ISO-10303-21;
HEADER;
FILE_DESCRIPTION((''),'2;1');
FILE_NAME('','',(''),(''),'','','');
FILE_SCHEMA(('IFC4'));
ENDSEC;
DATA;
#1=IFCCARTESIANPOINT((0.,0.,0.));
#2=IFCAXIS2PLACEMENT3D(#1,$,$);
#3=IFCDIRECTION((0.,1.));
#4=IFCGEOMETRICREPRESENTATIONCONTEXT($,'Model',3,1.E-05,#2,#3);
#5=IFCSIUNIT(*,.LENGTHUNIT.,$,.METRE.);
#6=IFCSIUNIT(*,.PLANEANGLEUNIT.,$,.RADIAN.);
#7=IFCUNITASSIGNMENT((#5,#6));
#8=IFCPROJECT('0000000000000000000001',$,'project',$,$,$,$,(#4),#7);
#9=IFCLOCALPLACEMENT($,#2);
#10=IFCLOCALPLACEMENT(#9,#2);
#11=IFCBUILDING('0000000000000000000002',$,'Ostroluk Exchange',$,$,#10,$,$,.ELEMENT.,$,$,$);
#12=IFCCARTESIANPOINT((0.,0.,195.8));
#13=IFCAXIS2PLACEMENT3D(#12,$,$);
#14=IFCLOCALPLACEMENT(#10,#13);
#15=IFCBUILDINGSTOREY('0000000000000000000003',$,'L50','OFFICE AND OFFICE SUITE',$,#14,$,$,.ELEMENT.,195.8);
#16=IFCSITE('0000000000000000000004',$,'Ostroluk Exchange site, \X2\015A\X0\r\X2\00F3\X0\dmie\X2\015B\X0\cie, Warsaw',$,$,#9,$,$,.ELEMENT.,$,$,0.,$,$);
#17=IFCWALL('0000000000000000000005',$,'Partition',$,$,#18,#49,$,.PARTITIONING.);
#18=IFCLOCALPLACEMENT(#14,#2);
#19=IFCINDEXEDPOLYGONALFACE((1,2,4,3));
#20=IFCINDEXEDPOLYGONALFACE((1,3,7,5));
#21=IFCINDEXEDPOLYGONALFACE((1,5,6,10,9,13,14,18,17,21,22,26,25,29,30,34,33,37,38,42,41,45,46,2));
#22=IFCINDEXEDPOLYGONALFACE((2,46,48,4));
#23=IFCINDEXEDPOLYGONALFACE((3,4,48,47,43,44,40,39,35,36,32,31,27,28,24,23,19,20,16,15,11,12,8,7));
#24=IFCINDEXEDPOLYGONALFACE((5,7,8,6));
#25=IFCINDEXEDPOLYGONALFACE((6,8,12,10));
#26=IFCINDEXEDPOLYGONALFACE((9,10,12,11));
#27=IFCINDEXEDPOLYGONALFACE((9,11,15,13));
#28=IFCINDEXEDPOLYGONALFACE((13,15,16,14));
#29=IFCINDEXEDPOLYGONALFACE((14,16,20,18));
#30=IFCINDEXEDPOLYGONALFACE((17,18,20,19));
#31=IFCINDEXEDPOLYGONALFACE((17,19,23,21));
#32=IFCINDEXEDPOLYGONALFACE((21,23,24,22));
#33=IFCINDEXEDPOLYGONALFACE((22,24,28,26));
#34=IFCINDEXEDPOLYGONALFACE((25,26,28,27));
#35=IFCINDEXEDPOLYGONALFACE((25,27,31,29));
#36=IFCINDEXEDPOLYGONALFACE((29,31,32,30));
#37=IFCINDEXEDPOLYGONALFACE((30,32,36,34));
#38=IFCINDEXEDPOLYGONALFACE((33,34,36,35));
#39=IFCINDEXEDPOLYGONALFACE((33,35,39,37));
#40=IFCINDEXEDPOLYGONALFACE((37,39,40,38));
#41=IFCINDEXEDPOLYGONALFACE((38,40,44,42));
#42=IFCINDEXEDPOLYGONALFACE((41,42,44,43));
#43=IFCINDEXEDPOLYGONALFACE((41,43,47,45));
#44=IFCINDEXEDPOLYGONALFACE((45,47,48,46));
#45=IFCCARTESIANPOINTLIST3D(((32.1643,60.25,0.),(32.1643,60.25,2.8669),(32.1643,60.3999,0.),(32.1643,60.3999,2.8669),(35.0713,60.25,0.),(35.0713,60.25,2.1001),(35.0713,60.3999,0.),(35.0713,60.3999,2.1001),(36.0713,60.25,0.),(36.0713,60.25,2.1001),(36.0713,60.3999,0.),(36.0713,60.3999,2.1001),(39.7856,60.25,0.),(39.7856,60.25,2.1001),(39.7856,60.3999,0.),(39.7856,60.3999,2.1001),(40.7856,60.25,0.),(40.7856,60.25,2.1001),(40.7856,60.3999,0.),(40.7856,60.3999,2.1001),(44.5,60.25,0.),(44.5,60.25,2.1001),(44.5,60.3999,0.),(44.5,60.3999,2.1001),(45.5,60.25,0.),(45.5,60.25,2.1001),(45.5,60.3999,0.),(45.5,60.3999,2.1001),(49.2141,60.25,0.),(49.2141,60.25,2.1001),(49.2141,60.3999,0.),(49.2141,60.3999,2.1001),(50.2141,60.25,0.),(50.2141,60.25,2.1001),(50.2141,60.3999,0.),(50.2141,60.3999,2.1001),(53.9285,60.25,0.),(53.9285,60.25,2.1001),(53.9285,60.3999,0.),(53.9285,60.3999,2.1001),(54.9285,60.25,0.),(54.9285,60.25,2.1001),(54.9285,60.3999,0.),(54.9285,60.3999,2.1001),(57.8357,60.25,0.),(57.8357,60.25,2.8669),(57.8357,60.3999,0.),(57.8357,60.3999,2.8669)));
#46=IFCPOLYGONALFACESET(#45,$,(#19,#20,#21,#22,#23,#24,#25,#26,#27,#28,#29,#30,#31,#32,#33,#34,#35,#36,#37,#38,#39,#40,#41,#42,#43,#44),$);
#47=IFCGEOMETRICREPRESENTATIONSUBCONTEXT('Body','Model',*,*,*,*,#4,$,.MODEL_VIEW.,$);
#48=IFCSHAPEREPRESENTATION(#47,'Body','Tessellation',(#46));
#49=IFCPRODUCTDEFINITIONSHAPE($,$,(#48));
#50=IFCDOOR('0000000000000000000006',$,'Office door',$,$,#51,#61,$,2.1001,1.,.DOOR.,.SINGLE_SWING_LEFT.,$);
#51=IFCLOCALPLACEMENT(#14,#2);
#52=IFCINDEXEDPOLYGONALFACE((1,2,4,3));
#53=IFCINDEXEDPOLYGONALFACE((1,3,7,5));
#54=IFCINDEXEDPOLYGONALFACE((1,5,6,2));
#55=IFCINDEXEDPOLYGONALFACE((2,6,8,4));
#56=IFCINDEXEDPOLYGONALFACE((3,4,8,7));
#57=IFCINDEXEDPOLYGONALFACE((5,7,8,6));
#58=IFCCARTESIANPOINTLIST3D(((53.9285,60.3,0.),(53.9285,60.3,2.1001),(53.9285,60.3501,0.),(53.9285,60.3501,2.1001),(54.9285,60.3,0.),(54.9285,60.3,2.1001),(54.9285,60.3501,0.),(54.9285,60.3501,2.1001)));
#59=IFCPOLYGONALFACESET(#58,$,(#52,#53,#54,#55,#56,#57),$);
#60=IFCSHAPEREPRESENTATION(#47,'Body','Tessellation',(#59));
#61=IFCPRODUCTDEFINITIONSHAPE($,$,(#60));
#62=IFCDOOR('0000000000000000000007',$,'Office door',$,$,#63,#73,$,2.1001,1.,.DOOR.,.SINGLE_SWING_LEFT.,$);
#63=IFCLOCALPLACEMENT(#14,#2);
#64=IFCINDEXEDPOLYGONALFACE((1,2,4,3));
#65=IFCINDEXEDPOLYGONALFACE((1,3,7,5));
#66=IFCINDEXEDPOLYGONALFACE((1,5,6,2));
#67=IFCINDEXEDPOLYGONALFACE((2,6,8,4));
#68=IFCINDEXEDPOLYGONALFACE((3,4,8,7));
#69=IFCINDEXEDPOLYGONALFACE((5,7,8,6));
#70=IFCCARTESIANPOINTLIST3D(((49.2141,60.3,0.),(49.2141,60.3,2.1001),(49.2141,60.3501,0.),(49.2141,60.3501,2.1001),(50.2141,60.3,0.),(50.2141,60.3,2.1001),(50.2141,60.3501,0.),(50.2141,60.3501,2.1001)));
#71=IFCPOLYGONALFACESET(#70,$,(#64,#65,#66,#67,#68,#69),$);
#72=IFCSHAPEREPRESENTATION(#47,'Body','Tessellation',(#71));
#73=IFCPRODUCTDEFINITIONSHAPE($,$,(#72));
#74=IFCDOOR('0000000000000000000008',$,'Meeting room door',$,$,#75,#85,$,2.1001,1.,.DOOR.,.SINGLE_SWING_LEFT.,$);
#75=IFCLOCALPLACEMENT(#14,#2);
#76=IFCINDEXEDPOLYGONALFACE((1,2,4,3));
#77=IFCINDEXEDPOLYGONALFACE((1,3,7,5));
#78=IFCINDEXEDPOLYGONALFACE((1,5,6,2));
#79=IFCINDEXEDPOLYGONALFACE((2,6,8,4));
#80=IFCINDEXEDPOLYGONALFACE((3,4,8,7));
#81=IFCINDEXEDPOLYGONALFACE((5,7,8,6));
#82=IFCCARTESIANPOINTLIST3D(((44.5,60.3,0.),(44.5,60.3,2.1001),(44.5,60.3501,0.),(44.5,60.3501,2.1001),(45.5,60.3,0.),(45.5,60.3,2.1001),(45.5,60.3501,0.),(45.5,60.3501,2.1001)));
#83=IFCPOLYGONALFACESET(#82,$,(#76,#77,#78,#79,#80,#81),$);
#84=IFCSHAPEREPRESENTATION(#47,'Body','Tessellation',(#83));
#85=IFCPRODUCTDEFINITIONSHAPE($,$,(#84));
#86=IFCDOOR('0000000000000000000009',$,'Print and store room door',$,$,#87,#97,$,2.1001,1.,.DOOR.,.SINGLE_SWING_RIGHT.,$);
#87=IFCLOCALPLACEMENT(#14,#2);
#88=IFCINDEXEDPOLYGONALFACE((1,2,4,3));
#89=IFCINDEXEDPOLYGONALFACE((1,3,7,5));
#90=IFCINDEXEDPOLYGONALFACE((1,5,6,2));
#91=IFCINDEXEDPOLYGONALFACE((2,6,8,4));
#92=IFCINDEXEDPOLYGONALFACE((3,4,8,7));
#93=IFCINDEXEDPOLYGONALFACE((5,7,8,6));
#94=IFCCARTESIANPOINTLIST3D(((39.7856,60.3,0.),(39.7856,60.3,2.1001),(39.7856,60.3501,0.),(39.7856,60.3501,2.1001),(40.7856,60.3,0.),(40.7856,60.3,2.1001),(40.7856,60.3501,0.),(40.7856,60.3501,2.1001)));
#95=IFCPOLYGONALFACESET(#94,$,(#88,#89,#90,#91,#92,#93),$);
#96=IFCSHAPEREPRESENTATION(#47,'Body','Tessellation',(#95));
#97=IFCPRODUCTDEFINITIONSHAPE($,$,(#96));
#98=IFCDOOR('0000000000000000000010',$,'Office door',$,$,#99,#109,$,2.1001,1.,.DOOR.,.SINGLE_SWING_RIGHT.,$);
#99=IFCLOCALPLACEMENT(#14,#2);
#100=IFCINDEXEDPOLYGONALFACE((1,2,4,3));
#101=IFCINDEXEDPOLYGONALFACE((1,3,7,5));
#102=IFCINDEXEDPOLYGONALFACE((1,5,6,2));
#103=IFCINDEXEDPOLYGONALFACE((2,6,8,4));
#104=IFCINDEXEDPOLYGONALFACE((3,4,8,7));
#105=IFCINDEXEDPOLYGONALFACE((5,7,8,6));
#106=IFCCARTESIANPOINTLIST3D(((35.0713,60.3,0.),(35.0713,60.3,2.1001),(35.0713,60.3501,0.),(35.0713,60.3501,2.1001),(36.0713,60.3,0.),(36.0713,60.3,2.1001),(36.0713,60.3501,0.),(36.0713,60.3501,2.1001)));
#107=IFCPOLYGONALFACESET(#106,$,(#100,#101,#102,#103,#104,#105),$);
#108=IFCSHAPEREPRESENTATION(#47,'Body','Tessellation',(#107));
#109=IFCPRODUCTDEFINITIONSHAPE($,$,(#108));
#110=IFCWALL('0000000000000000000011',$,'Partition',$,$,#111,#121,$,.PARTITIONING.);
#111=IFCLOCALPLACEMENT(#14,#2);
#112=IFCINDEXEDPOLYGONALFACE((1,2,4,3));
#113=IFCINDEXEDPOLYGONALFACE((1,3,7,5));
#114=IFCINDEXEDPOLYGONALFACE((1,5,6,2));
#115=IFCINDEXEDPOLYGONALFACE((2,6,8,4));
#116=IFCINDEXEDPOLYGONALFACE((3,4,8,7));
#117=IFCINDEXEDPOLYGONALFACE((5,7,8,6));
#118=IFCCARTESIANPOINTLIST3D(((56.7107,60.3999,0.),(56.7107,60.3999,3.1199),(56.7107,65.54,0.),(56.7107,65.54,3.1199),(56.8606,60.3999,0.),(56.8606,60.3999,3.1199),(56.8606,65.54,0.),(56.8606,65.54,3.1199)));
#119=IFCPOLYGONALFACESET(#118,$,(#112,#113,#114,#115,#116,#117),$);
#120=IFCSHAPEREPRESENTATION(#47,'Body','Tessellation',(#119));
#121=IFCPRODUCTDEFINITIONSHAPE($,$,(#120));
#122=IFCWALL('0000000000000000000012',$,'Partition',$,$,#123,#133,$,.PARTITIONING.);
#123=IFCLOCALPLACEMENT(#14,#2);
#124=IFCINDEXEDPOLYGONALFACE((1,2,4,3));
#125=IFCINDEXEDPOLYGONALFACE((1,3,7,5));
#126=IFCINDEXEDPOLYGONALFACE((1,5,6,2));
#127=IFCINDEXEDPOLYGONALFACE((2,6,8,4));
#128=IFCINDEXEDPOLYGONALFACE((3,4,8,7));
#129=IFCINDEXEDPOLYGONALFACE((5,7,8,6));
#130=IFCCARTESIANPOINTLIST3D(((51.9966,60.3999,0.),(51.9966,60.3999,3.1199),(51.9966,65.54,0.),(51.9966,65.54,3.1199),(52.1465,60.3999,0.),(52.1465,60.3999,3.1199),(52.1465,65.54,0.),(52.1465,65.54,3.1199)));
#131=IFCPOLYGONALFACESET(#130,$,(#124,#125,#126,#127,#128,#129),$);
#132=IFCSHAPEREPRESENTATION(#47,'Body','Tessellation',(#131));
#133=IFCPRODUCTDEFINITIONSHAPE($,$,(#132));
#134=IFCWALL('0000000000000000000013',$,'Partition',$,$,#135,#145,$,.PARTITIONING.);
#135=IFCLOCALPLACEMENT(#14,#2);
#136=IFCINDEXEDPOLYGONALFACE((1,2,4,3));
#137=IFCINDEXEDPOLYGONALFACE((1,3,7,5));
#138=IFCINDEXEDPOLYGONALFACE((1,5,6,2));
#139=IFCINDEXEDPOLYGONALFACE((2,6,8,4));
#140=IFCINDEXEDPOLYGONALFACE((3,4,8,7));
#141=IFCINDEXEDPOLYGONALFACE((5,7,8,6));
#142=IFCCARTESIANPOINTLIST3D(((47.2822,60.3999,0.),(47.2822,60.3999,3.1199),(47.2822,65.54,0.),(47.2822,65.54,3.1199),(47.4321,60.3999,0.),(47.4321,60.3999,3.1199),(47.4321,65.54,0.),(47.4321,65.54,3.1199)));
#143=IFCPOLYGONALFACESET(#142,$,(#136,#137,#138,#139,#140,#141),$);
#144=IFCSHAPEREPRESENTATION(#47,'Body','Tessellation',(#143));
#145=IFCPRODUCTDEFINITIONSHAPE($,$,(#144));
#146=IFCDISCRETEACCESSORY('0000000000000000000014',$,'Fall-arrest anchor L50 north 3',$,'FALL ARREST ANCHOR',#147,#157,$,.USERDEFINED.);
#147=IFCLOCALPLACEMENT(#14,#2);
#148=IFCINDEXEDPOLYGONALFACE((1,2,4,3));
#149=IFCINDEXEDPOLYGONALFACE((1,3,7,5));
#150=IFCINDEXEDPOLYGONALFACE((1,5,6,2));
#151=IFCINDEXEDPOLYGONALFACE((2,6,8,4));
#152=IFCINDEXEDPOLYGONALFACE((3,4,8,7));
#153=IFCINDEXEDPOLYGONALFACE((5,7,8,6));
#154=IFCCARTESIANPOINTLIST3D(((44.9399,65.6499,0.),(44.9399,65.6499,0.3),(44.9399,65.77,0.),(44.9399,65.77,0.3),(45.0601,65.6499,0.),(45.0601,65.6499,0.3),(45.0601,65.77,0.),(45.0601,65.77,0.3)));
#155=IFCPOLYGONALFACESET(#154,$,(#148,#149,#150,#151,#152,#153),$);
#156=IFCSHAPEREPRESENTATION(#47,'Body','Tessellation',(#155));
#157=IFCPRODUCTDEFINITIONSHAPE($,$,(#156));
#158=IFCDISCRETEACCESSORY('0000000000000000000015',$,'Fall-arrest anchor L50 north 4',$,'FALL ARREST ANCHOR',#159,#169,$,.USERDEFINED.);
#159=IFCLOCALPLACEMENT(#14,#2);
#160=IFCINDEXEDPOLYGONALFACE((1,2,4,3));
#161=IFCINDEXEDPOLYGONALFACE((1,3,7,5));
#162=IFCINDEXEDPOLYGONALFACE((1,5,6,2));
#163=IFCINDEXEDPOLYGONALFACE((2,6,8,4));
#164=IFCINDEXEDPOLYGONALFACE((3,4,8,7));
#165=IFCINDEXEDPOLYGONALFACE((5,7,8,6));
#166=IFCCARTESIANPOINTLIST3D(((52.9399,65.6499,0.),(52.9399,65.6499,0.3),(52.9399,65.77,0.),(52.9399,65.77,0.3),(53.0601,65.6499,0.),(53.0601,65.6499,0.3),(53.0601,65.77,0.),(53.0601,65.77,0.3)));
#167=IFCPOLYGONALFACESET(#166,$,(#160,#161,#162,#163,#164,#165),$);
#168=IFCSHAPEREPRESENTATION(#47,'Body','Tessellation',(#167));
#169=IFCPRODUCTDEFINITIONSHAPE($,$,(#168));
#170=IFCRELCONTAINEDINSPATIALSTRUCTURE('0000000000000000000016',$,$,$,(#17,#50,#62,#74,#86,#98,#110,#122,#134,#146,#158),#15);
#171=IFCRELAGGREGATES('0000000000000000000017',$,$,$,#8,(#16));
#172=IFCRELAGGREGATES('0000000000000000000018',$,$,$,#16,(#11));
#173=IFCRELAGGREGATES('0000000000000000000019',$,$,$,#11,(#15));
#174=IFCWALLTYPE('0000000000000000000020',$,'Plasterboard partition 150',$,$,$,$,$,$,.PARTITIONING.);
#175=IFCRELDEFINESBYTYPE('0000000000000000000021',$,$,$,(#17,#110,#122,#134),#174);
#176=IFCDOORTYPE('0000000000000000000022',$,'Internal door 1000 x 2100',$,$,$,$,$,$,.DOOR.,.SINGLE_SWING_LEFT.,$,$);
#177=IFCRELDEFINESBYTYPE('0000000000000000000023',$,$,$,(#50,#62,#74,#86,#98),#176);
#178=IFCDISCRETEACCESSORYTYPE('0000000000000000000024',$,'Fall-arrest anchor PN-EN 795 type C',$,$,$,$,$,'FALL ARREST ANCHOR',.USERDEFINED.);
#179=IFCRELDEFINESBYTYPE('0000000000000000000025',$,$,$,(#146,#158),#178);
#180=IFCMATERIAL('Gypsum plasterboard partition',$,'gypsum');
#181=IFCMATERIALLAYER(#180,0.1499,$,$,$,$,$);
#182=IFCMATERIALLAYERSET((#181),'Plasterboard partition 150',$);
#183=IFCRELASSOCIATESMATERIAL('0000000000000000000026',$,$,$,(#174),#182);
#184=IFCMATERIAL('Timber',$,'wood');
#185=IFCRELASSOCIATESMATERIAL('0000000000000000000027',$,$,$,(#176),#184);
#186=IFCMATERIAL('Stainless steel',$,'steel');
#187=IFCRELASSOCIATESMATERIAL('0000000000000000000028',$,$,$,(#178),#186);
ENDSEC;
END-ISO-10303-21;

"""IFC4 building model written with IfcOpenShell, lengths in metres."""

from ifc_helpers import new_model, si_unit, direction, frame, frame_2d, origin, origin_2d, place, context, subcontext, project, spatial, rectangle, extrude, material, layer, layer_set, type_object, element, fill, save


model = new_model("IFC4")

# Units and contexts
model_context = context("Model", 3, precision=1e-05, world=origin(), true_north=direction((0.0, 1.0)))
body_context = subcontext(model_context, "Body", "Model", "MODEL_VIEW")
ifc_project = project(units=[si_unit("LENGTHUNIT", "METRE"), si_unit("PLANEANGLEUNIT", "RADIAN")], contexts=[model_context])

# Site, building, storey
site_placement = place(None, origin())
site = spatial("IfcSite", under=ifc_project, at=site_placement, Name="Ostroluk Exchange site, Śródmieście, Warsaw", CompositionType="ELEMENT", RefElevation=0.0)
building_placement = place(site_placement, origin())
building = spatial("IfcBuilding", under=site, at=building_placement, Name="Ostroluk Exchange", CompositionType="ELEMENT")
storey_placement = place(building_placement, frame((0.0, 0.0, 195.8)))
storey = spatial("IfcBuildingStorey", under=building, at=storey_placement, Name="L50", Description="OFFICE AND OFFICE SUITE", CompositionType="ELEMENT", Elevation=195.8)

# Wall, openings, doors
ifc_material_1 = material(Name="Gypsum plasterboard partition", Category="gypsum")
ifc_layer_1 = layer(ifc_material_1, 0.1499)
ifc_layer_set_1 = layer_set([ifc_layer_1], Name="Plasterboard partition 150")
wall_type = type_object("IfcWallType", Name="Plasterboard partition 150", PredefinedType="PARTITIONING", material=ifc_layer_set_1)
wall_placement = place(storey_placement, frame((57.8357, 60.325, 0.0), z_axis=(0.0, 0.0, 1.0), x_axis=(-1.0, 0.0, 0.0)))
wall = element("IfcWall", 1, at=wall_placement, inside=storey, type_object=wall_type, Name="Partition", PredefinedType="PARTITIONING", context=body_context, shape_type="SweptSolid", body=[
    extrude(rectangle(XDim=25.6714, YDim=0.1499, at=frame_2d((12.8357, 0.0))), origin(), (0.0, 0.0, 1.0), 2.8669),
])
opening_1_placement = place(wall_placement, frame((2.9072, 0.0, 0.0)))
opening_1 = element("IfcOpeningElement", 2, at=opening_1_placement, cuts=wall, PredefinedType="OPENING", context=body_context, shape_type="SweptSolid", body=[
    extrude(rectangle(XDim=1.0, YDim=2.1001, at=frame_2d((0.5, 1.05))), frame((0.0, 0.085, 0.0), z_axis=(0.0, -1.0, 0.0), x_axis=(1.0, 0.0, 0.0)), (0.0, 0.0, 1.0), 0.1699),
])
opening_2_placement = place(wall_placement, frame((7.6216, 0.0, 0.0)))
opening_2 = element("IfcOpeningElement", 3, at=opening_2_placement, cuts=wall, PredefinedType="OPENING", context=body_context, shape_type="SweptSolid", body=[
    extrude(rectangle(XDim=1.0, YDim=2.1001, at=frame_2d((0.5, 1.05))), frame((0.0, 0.085, 0.0), z_axis=(0.0, -1.0, 0.0), x_axis=(1.0, 0.0, 0.0)), (0.0, 0.0, 1.0), 0.1699),
])
opening_3_placement = place(wall_placement, frame((12.3357, 0.0, 0.0)))
opening_3 = element("IfcOpeningElement", 4, at=opening_3_placement, cuts=wall, PredefinedType="OPENING", context=body_context, shape_type="SweptSolid", body=[
    extrude(rectangle(XDim=1.0, YDim=2.1001, at=frame_2d((0.5, 1.05))), frame((0.0, 0.085, 0.0), z_axis=(0.0, -1.0, 0.0), x_axis=(1.0, 0.0, 0.0)), (0.0, 0.0, 1.0), 0.1699),
])
opening_4_placement = place(wall_placement, frame((17.05, 0.0, 0.0)))
opening_4 = element("IfcOpeningElement", 5, at=opening_4_placement, cuts=wall, PredefinedType="OPENING", context=body_context, shape_type="SweptSolid", body=[
    extrude(rectangle(XDim=1.0, YDim=2.1001, at=frame_2d((0.5, 1.05))), frame((0.0, 0.085, 0.0), z_axis=(0.0, -1.0, 0.0), x_axis=(1.0, 0.0, 0.0)), (0.0, 0.0, 1.0), 0.1699),
])
opening_5_placement = place(wall_placement, frame((21.7644, 0.0, 0.0)))
opening_5 = element("IfcOpeningElement", 6, at=opening_5_placement, cuts=wall, PredefinedType="OPENING", context=body_context, shape_type="SweptSolid", body=[
    extrude(rectangle(XDim=1.0, YDim=2.1001, at=frame_2d((0.5, 1.05))), frame((0.0, 0.085, 0.0), z_axis=(0.0, -1.0, 0.0), x_axis=(1.0, 0.0, 0.0)), (0.0, 0.0, 1.0), 0.1699),
])
ifc_material_2 = material(Name="Timber", Category="wood")
door_type = type_object("IfcDoorType", Name="Internal door 1000 x 2100", OperationType="SINGLE_SWING_LEFT", PredefinedType="DOOR", material=ifc_material_2)
door_1_placement = place(opening_1_placement, origin())
door_1 = element("IfcDoor", 7, at=door_1_placement, inside=storey, type_object=door_type, Name="Office door", OperationType="SINGLE_SWING_LEFT", OverallHeight=2.1001, OverallWidth=1.0, PredefinedType="DOOR", context=body_context, shape_type="SweptSolid", body=[
    extrude(rectangle(XDim=1.0, YDim=2.1001, at=frame_2d((0.5, 1.05))), frame((0.0, 0.0249, 0.0), z_axis=(0.0, -1.0, 0.0), x_axis=(1.0, 0.0, 0.0)), (0.0, 0.0, 1.0), 0.05),
])
fill(opening_1, door_1)
door_2_placement = place(opening_2_placement, origin())
door_2 = element("IfcDoor", 8, at=door_2_placement, inside=storey, type_object=door_type, Name="Office door", OperationType="SINGLE_SWING_LEFT", OverallHeight=2.1001, OverallWidth=1.0, PredefinedType="DOOR", context=body_context, shape_type="SweptSolid", body=[
    extrude(rectangle(XDim=1.0, YDim=2.1001, at=frame_2d((0.5, 1.05))), frame((0.0, 0.0249, 0.0), z_axis=(0.0, -1.0, 0.0), x_axis=(1.0, 0.0, 0.0)), (0.0, 0.0, 1.0), 0.05),
])
fill(opening_2, door_2)
door_3_placement = place(opening_3_placement, origin())
door_3 = element("IfcDoor", 9, at=door_3_placement, inside=storey, type_object=door_type, Name="Meeting room door", OperationType="SINGLE_SWING_LEFT", OverallHeight=2.1001, OverallWidth=1.0, PredefinedType="DOOR", context=body_context, shape_type="SweptSolid", body=[
    extrude(rectangle(XDim=1.0, YDim=2.1001, at=frame_2d((0.5, 1.05))), frame((0.0, 0.0249, 0.0), z_axis=(0.0, -1.0, 0.0), x_axis=(1.0, 0.0, 0.0)), (0.0, 0.0, 1.0), 0.05),
])
fill(opening_3, door_3)
door_4_placement = place(opening_4_placement, origin())
door_4 = element("IfcDoor", 10, at=door_4_placement, inside=storey, type_object=door_type, Name="Print and store room door", OperationType="SINGLE_SWING_RIGHT", OverallHeight=2.1001, OverallWidth=1.0, PredefinedType="DOOR", context=body_context, shape_type="SweptSolid", body=[
    extrude(rectangle(XDim=1.0, YDim=2.1001, at=frame_2d((0.5, 1.05))), frame((0.0, 0.0249, 0.0), z_axis=(0.0, -1.0, 0.0), x_axis=(1.0, 0.0, 0.0)), (0.0, 0.0, 1.0), 0.05),
])
fill(opening_4, door_4)
door_5_placement = place(opening_5_placement, origin())
door_5 = element("IfcDoor", 11, at=door_5_placement, inside=storey, type_object=door_type, Name="Office door", OperationType="SINGLE_SWING_RIGHT", OverallHeight=2.1001, OverallWidth=1.0, PredefinedType="DOOR", context=body_context, shape_type="SweptSolid", body=[
    extrude(rectangle(XDim=1.0, YDim=2.1001, at=frame_2d((0.5, 1.05))), frame((0.0, 0.0249, 0.0), z_axis=(0.0, -1.0, 0.0), x_axis=(1.0, 0.0, 0.0)), (0.0, 0.0, 1.0), 0.05),
])
fill(opening_5, door_5)

# Walls
for number, where, z_axis, x_axis, name in (
    (12, (56.7856, 60.3999, 0.0), (0.0, 0.0, 1.0), (0.0, 1.0, 0.0), "Partition"),
    (13, (52.0715, 60.3999, 0.0), (0.0, 0.0, 1.0), (0.0, 1.0, 0.0), "Partition"),
    (14, (47.3572, 60.3999, 0.0), (0.0, 0.0, 1.0), (0.0, 1.0, 0.0), "Partition"),
):
    element("IfcWall", number, at=place(storey_placement, frame(where, z_axis=z_axis, x_axis=x_axis)), inside=storey, type_object=wall_type, Name=name, PredefinedType="PARTITIONING", context=body_context, shape_type="SweptSolid", body=[
        extrude(rectangle(XDim=5.1401, YDim=0.1499, at=frame_2d((2.5701, 0.0))), origin(), (0.0, 0.0, 1.0), 3.1199),
    ])

# Discrete accessories
ifc_material_3 = material(Name="Stainless steel", Category="steel")
discrete_accessory_type = type_object("IfcDiscreteAccessoryType", Name="Fall-arrest anchor PN-EN 795 type C", ElementType="FALL ARREST ANCHOR", PredefinedType="USERDEFINED", material=ifc_material_3)
for number, where, z_axis, x_axis, name in (
    (15, (45.0, 65.71, 0.0), (0.0, 0.0, 1.0), (1.0, 0.0, 0.0), "Fall-arrest anchor L50 north 3"),
    (16, (53.0, 65.71, 0.0), (0.0, 0.0, 1.0), (1.0, 0.0, 0.0), "Fall-arrest anchor L50 north 4"),
):
    element("IfcDiscreteAccessory", number, at=place(storey_placement, frame(where, z_axis=z_axis, x_axis=x_axis)), inside=storey, type_object=discrete_accessory_type, Name=name, ObjectType="FALL ARREST ANCHOR", PredefinedType="USERDEFINED", context=body_context, shape_type="SweptSolid", body=[
        extrude(rectangle(XDim=0.1201, YDim=0.1201, at=origin_2d()), origin(), (0.0, 0.0, 1.0), 0.3),
    ])

save(model, "model.ifc")
